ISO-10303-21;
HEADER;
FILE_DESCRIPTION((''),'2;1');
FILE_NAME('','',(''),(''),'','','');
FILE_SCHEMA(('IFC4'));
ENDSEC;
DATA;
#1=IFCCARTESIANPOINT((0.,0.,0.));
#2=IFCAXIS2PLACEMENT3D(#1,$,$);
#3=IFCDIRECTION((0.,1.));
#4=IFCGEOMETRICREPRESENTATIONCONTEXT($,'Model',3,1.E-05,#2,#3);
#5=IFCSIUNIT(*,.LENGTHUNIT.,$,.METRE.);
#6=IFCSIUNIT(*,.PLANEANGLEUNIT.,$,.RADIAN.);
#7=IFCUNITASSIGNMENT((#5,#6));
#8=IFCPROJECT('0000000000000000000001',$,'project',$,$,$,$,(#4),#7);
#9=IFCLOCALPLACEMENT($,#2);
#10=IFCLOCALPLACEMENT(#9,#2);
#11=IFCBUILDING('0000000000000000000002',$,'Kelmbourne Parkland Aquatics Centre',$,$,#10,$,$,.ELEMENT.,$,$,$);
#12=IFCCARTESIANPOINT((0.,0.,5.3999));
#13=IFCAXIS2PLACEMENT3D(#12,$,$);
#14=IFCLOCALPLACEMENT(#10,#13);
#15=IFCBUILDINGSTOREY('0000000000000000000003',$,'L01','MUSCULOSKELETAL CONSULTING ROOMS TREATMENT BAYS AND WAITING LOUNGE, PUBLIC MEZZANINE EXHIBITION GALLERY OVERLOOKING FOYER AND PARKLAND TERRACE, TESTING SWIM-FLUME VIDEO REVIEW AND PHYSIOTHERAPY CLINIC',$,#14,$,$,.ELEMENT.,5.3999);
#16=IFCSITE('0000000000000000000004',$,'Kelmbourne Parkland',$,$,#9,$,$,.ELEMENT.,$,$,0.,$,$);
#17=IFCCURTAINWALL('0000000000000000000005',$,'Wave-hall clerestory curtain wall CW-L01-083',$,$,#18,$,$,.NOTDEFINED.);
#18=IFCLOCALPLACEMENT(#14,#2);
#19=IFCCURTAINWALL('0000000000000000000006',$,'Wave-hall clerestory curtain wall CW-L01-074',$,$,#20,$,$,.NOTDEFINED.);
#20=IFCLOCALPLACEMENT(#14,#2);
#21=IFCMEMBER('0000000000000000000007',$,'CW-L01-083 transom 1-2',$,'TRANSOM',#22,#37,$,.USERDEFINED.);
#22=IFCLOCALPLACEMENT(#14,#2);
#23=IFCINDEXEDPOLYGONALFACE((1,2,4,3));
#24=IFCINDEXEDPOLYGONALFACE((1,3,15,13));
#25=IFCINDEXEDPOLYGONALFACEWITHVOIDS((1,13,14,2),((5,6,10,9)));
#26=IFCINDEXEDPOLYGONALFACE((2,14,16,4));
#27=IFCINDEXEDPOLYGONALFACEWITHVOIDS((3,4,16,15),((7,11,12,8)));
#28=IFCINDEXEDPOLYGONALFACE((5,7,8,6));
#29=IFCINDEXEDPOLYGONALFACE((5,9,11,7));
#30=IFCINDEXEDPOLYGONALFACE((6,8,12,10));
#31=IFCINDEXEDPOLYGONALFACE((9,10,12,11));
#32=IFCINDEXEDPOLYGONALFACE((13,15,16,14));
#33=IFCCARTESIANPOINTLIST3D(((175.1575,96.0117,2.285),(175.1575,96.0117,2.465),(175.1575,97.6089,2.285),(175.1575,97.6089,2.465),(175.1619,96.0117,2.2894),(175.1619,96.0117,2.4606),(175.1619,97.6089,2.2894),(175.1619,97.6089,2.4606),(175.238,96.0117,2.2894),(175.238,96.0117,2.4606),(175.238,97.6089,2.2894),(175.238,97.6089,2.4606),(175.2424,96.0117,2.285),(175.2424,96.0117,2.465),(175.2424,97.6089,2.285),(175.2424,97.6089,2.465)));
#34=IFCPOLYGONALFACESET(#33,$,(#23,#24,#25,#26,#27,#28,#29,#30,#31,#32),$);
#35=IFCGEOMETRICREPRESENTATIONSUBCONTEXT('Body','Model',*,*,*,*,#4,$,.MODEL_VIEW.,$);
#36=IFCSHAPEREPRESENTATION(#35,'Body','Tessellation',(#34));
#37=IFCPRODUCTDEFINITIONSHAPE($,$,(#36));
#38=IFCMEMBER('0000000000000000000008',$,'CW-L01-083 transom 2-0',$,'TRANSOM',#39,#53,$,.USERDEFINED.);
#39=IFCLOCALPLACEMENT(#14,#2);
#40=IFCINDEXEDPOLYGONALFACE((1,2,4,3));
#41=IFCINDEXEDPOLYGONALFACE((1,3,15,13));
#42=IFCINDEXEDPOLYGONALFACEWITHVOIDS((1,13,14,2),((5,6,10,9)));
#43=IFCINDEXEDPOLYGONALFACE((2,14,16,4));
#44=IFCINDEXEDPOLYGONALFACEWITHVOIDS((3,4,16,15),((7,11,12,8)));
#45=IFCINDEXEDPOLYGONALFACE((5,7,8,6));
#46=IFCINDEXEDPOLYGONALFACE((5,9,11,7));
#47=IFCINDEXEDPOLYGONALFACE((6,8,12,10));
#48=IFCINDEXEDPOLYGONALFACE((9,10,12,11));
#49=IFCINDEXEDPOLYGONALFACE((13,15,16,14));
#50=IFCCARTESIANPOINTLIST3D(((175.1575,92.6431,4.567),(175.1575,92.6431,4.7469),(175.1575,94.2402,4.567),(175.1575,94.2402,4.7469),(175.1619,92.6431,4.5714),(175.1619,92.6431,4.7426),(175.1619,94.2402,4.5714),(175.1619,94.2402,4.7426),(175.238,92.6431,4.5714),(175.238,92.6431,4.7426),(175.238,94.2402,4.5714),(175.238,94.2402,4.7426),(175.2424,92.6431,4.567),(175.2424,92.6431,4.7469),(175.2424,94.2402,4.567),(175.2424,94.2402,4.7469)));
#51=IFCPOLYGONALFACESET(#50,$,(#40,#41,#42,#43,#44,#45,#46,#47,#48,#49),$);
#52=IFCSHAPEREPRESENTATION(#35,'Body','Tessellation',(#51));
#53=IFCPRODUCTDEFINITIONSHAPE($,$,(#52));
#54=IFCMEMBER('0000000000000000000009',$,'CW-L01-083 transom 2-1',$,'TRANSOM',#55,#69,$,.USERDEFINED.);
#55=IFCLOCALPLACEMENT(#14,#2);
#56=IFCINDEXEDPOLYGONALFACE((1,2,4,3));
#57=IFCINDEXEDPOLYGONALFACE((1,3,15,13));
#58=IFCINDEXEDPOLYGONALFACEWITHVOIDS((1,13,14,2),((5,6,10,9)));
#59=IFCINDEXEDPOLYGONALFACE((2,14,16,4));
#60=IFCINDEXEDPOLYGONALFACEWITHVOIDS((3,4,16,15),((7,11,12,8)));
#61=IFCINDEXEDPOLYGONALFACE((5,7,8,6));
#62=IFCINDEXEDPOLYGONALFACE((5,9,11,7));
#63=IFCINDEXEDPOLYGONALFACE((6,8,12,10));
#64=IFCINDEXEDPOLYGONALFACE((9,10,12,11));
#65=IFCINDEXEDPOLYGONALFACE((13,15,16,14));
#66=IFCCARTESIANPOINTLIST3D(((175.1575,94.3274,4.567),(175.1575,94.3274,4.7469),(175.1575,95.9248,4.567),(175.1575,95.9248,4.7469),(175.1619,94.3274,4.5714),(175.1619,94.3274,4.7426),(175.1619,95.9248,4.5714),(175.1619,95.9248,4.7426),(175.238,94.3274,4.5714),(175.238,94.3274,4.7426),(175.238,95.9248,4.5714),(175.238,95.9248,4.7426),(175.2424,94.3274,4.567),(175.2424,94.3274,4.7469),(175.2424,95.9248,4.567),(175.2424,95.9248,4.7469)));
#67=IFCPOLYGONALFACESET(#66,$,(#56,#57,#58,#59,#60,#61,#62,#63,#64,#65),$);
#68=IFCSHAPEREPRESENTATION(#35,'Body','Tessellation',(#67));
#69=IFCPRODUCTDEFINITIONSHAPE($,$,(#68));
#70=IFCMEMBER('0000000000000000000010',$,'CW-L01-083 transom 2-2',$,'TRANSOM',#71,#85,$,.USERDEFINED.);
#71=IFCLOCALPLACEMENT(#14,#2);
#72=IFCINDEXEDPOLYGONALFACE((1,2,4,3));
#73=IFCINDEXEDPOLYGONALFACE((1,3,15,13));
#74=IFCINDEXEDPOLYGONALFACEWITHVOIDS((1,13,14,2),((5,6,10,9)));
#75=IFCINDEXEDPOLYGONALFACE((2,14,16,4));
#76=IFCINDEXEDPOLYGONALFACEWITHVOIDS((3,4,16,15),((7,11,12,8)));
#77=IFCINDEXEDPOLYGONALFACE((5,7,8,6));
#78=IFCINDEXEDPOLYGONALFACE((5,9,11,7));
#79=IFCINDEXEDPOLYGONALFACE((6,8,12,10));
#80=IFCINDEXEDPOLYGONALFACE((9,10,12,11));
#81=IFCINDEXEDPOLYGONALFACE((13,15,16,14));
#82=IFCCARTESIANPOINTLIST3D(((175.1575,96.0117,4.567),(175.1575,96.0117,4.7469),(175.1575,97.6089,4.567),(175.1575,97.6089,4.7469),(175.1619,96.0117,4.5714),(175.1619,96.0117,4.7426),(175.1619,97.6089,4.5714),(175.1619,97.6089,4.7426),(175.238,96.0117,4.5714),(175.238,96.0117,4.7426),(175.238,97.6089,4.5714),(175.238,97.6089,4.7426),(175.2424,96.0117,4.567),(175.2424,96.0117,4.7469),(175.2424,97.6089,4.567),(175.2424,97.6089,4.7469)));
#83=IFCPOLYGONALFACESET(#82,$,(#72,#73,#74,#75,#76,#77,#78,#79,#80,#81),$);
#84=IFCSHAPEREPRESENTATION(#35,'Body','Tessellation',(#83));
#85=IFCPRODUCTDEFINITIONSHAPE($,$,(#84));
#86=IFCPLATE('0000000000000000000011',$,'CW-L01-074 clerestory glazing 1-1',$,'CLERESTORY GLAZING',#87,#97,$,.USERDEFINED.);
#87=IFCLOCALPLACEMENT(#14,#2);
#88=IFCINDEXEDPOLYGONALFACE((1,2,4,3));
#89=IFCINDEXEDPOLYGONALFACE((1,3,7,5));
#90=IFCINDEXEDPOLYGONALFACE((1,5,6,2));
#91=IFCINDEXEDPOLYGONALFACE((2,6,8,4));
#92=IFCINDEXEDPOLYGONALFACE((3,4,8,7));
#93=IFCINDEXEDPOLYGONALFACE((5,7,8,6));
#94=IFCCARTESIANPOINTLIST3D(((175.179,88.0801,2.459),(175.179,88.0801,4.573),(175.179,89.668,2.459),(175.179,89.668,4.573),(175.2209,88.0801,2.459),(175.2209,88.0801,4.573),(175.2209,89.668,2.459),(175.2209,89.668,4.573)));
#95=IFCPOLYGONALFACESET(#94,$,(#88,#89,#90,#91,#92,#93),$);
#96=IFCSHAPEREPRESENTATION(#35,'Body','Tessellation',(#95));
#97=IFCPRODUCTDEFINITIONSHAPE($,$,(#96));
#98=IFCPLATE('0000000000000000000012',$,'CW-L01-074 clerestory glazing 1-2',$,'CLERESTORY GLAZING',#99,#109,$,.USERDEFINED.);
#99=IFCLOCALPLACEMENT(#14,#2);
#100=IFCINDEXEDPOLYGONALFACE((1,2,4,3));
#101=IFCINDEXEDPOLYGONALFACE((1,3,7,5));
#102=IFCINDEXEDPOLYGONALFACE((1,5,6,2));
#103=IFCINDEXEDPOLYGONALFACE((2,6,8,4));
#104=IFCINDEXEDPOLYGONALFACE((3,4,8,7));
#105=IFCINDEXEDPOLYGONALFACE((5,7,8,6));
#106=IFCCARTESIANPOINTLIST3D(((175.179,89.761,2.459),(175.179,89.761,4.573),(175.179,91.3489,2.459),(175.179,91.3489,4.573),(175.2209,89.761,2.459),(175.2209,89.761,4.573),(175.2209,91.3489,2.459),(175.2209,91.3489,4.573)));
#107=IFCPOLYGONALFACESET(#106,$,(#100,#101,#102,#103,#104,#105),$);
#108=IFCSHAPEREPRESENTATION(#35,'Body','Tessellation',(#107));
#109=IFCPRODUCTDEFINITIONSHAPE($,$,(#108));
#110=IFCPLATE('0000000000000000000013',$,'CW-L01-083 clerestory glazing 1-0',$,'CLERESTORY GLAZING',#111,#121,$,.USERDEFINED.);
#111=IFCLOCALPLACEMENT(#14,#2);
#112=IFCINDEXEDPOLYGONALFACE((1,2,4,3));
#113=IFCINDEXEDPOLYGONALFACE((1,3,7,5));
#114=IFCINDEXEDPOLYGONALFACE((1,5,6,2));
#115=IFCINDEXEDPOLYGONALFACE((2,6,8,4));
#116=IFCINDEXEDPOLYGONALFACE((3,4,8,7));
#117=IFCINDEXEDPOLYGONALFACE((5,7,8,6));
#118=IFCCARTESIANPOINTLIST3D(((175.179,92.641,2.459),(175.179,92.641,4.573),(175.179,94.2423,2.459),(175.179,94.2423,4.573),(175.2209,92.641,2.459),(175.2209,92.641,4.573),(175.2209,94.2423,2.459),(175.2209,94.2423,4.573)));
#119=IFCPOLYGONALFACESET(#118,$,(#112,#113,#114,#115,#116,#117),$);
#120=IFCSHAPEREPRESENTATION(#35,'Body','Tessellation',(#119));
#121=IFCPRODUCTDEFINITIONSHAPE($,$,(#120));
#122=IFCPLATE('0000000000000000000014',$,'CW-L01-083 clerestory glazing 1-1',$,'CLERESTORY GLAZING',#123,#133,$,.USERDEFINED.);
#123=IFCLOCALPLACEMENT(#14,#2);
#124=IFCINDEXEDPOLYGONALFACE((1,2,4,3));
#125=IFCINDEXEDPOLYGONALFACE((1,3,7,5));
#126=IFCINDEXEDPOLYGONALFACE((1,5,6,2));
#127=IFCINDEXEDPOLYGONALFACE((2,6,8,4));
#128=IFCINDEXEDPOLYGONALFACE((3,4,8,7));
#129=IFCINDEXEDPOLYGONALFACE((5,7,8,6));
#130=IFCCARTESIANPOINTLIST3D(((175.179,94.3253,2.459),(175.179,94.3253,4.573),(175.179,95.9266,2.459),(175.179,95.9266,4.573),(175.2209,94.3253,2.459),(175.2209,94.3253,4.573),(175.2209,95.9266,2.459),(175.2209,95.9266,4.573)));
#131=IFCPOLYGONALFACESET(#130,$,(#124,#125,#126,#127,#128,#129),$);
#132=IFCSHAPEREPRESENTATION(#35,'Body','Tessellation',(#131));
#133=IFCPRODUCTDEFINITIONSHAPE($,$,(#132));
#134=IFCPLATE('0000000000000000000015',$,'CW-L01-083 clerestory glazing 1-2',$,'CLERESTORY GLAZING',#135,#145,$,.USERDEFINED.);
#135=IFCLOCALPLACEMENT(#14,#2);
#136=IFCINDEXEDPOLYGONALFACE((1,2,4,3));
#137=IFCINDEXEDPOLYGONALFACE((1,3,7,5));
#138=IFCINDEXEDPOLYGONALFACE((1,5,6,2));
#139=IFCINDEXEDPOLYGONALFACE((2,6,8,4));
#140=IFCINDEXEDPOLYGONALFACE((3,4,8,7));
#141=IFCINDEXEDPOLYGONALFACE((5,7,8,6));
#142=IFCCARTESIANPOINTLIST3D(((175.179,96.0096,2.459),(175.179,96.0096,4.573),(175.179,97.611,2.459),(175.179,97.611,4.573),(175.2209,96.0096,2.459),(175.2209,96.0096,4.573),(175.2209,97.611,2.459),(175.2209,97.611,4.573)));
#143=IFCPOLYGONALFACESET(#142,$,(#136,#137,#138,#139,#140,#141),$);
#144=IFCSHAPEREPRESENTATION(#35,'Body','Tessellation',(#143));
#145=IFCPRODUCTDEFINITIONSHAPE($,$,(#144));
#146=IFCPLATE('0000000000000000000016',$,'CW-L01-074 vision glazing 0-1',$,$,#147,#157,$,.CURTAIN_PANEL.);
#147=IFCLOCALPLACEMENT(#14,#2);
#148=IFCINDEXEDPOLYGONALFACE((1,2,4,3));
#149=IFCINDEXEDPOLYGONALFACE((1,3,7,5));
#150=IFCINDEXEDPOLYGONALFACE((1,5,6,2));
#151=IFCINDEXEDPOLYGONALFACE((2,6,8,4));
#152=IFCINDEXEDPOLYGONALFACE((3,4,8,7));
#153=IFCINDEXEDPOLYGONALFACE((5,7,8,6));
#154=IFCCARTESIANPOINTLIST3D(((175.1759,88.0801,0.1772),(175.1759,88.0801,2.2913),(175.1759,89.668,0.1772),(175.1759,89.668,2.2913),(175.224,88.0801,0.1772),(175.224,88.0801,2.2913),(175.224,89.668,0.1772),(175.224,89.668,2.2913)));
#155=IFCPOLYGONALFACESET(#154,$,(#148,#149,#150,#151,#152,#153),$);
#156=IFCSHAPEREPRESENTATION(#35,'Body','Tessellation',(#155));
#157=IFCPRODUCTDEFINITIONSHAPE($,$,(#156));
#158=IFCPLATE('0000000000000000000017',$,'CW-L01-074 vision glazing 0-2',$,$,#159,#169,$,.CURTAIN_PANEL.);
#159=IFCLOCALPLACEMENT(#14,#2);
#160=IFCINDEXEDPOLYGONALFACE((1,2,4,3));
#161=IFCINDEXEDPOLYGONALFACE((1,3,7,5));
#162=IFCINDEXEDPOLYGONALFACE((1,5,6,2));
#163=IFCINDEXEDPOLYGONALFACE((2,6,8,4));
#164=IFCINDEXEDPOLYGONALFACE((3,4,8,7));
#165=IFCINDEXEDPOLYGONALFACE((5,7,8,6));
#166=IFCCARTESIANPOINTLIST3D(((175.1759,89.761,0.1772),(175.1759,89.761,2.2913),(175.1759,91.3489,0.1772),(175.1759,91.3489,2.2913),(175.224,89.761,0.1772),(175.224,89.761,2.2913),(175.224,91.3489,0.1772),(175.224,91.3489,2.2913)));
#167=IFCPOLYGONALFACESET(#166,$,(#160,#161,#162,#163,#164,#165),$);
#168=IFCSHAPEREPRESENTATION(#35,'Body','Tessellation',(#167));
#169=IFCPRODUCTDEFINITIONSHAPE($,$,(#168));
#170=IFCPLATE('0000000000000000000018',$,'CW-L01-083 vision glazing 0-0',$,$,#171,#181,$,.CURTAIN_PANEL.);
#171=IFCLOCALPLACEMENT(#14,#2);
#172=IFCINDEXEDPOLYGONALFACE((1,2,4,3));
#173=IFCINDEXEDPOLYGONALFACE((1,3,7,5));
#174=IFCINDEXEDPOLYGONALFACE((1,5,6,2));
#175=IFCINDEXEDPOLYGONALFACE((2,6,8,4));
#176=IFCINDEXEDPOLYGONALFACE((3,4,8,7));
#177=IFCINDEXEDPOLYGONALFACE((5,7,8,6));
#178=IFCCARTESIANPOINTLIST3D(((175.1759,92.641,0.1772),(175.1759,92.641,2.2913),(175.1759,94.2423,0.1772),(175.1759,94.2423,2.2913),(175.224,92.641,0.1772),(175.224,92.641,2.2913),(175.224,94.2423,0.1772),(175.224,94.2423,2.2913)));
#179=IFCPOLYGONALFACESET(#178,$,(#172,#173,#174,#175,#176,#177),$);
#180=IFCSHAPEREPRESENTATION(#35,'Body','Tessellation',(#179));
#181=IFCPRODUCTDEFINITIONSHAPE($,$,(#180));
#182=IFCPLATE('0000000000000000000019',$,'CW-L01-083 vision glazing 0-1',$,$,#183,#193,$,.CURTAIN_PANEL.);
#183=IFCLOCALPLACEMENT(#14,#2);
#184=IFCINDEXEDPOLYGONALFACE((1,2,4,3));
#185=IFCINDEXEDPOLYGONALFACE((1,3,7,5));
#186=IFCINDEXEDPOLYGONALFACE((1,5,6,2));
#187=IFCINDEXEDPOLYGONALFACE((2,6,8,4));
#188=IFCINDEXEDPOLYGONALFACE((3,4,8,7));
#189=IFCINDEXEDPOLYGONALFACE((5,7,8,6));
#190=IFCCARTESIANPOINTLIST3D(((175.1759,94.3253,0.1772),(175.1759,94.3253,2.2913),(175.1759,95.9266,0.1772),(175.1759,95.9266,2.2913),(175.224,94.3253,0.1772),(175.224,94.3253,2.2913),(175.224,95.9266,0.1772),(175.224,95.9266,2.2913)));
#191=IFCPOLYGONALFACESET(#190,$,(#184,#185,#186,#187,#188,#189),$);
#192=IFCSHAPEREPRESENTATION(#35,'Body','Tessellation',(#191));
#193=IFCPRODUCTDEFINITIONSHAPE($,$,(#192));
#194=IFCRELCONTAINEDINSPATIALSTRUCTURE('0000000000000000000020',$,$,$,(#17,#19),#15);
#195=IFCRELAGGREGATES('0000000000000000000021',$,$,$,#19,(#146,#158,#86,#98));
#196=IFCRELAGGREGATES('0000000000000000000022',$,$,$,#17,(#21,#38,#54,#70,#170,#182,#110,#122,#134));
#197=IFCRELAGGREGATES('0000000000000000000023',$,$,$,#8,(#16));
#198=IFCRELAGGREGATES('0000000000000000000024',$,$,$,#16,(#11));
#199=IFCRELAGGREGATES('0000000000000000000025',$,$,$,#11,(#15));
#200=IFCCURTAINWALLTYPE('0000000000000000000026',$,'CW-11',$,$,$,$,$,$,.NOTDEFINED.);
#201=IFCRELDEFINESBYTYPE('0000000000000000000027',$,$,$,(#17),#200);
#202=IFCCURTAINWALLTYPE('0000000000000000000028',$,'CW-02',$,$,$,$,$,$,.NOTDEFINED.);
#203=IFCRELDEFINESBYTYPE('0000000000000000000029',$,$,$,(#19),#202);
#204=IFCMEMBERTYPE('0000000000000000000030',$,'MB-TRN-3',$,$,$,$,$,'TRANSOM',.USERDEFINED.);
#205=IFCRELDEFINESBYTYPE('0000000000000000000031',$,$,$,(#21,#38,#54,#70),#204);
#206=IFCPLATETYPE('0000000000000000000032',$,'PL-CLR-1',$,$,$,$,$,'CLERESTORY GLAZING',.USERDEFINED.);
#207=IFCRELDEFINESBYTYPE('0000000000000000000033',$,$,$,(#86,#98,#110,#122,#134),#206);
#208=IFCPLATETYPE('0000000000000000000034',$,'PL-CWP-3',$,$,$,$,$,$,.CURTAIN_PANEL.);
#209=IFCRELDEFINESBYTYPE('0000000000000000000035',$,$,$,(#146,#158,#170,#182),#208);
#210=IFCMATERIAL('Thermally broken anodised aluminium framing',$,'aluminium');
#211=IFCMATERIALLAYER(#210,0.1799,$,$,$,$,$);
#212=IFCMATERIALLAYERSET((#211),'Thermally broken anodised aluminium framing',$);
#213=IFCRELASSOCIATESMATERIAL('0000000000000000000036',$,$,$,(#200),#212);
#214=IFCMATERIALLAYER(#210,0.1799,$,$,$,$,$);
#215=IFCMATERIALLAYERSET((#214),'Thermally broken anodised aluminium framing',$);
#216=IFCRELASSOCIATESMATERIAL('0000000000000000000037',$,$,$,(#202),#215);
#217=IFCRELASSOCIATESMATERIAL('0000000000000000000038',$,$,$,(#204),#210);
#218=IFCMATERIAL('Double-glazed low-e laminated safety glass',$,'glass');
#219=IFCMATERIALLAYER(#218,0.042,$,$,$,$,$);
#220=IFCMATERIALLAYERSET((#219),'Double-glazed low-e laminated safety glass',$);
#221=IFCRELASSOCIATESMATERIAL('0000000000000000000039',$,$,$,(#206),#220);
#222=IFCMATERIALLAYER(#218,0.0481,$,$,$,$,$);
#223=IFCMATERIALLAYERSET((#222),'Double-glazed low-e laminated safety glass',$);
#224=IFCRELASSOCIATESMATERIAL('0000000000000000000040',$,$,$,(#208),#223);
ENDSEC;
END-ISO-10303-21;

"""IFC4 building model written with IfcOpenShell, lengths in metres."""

from ifc_helpers import new_model, si_unit, direction, frame, origin, origin_2d, place, context, subcontext, project, spatial, rectangle, hollow_rectangle, extrude, material, layer, layer_set, material_profile, profile_set, type_object, element, aggregate, save


model = new_model("IFC4")

# Units and contexts
model_context = context("Model", 3, precision=1e-05, world=origin(), true_north=direction((0.0, 1.0)))
body_context = subcontext(model_context, "Body", "Model", "MODEL_VIEW")
ifc_project = project(units=[si_unit("LENGTHUNIT", "METRE"), si_unit("PLANEANGLEUNIT", "RADIAN")], contexts=[model_context])

# Site, building, storey
site_placement = place(None, origin())
site = spatial("IfcSite", under=ifc_project, at=site_placement, Name="Kelmbourne Parkland", CompositionType="ELEMENT", RefElevation=0.0)
building_placement = place(site_placement, origin())
building = spatial("IfcBuilding", under=site, at=building_placement, Name="Kelmbourne Parkland Aquatics Centre", CompositionType="ELEMENT")
storey_placement = place(building_placement, frame((0.0, 0.0, 5.3999)))
storey = spatial("IfcBuildingStorey", under=building, at=storey_placement, Name="L01", Description="MUSCULOSKELETAL CONSULTING ROOMS TREATMENT BAYS AND WAITING LOUNGE, PUBLIC MEZZANINE EXHIBITION GALLERY OVERLOOKING FOYER AND PARKLAND TERRACE, TESTING SWIM-FLUME VIDEO REVIEW AND PHYSIOTHERAPY CLINIC", CompositionType="ELEMENT", Elevation=5.3999)

# Shared definitions
ifc_material_1 = material(Name="Thermally broken anodised aluminium framing", Category="aluminium")

# Curtain walls
ifc_layer_1 = layer(ifc_material_1, 0.1799)
ifc_layer_set_1 = layer_set([ifc_layer_1], Name="Thermally broken anodised aluminium framing")
curtain_wall_type_1 = type_object("IfcCurtainWallType", Name="CW-11", PredefinedType="NOTDEFINED", material=ifc_layer_set_1)
curtain_wall_1_placement = place(storey_placement, origin())
curtain_wall_1 = element("IfcCurtainWall", 1, at=curtain_wall_1_placement, inside=storey, type_object=curtain_wall_type_1, Name="Wave-hall clerestory curtain wall CW-L01-083", PredefinedType="NOTDEFINED")
ifc_layer_2 = layer(ifc_material_1, 0.1799)
ifc_layer_set_2 = layer_set([ifc_layer_2], Name="Thermally broken anodised aluminium framing")
curtain_wall_type_2 = type_object("IfcCurtainWallType", Name="CW-02", PredefinedType="NOTDEFINED", material=ifc_layer_set_2)
curtain_wall_2_placement = place(storey_placement, origin())
curtain_wall_2 = element("IfcCurtainWall", 2, at=curtain_wall_2_placement, inside=storey, type_object=curtain_wall_type_2, Name="Wave-hall clerestory curtain wall CW-L01-074", PredefinedType="NOTDEFINED")

# Members
ifc_material_profile_1 = material_profile(ifc_material_1, hollow_rectangle(XDim=0.085, YDim=0.1799, WallThickness=0.0044, at=origin_2d()), Name="CW-T 85x180")
ifc_profile_set_1 = profile_set([ifc_material_profile_1], Name="Thermally broken anodised aluminium framing")
member_type_1 = type_object("IfcMemberType", Name="MB-TRN-3", ElementType="TRANSOM", PredefinedType="USERDEFINED", material=ifc_profile_set_1)
member_1_placement = place(storey_placement, frame((175.2, 96.0117, 2.375), z_axis=(0.0, 1.0, 0.0), x_axis=(-1.0, 0.0, 0.0)))
member_1 = element("IfcMember", 3, at=member_1_placement, type_object=member_type_1, Name="CW-L01-083 transom 1-2", ObjectType="TRANSOM", PredefinedType="USERDEFINED", context=body_context, shape_type="SweptSolid", body=[
    extrude(hollow_rectangle(XDim=0.085, YDim=0.1799, WallThickness=0.0044, at=origin_2d()), origin(), (0.0, 0.0, 1.0), 1.5972),
])
member_2_placement = place(storey_placement, frame((175.2, 92.6431, 4.657), z_axis=(0.0, 1.0, 0.0), x_axis=(-1.0, 0.0, 0.0)))
member_2 = element("IfcMember", 4, at=member_2_placement, type_object=member_type_1, Name="CW-L01-083 transom 2-0", ObjectType="TRANSOM", PredefinedType="USERDEFINED", context=body_context, shape_type="SweptSolid", body=[
    extrude(hollow_rectangle(XDim=0.085, YDim=0.1799, WallThickness=0.0044, at=origin_2d()), origin(), (0.0, 0.0, 1.0), 1.5972),
])
member_3_placement = place(storey_placement, frame((175.2, 94.3274, 4.657), z_axis=(0.0, 1.0, 0.0), x_axis=(-1.0, 0.0, 0.0)))
member_3 = element("IfcMember", 5, at=member_3_placement, type_object=member_type_1, Name="CW-L01-083 transom 2-1", ObjectType="TRANSOM", PredefinedType="USERDEFINED", context=body_context, shape_type="SweptSolid", body=[
    extrude(hollow_rectangle(XDim=0.085, YDim=0.1799, WallThickness=0.0044, at=origin_2d()), origin(), (0.0, 0.0, 1.0), 1.5974),
])
member_4_placement = place(storey_placement, frame((175.2, 96.0117, 4.657), z_axis=(0.0, 1.0, 0.0), x_axis=(-1.0, 0.0, 0.0)))
member_4 = element("IfcMember", 6, at=member_4_placement, type_object=member_type_1, Name="CW-L01-083 transom 2-2", ObjectType="TRANSOM", PredefinedType="USERDEFINED", context=body_context, shape_type="SweptSolid", body=[
    extrude(hollow_rectangle(XDim=0.085, YDim=0.1799, WallThickness=0.0044, at=origin_2d()), origin(), (0.0, 0.0, 1.0), 1.5972),
])

# Plates
ifc_material_2 = material(Name="Double-glazed low-e laminated safety glass", Category="glass")
ifc_layer_3 = layer(ifc_material_2, 0.042)
ifc_layer_set_3 = layer_set([ifc_layer_3], Name="Double-glazed low-e laminated safety glass")
plate_type_1 = type_object("IfcPlateType", Name="PL-CLR-1", ElementType="CLERESTORY GLAZING", PredefinedType="USERDEFINED", material=ifc_layer_set_3)
plate_1_placement = place(storey_placement, frame((175.2, 88.874, 2.459), z_axis=(0.0, 0.0, 1.0), x_axis=(0.0, 1.0, 0.0)))
plate_1 = element("IfcPlate", 7, at=plate_1_placement, type_object=plate_type_1, Name="CW-L01-074 clerestory glazing 1-1", ObjectType="CLERESTORY GLAZING", PredefinedType="USERDEFINED", context=body_context, shape_type="SweptSolid", body=[
    extrude(rectangle(XDim=1.5879, YDim=0.042, at=origin_2d()), origin(), (0.0, 0.0, 1.0), 2.114),
])
plate_2_placement = place(storey_placement, frame((175.2, 90.5549, 2.459), z_axis=(0.0, 0.0, 1.0), x_axis=(0.0, 1.0, 0.0)))
plate_2 = element("IfcPlate", 8, at=plate_2_placement, type_object=plate_type_1, Name="CW-L01-074 clerestory glazing 1-2", ObjectType="CLERESTORY GLAZING", PredefinedType="USERDEFINED", context=body_context, shape_type="SweptSolid", body=[
    extrude(rectangle(XDim=1.5879, YDim=0.042, at=origin_2d()), origin(), (0.0, 0.0, 1.0), 2.114),
])
plate_3_placement = place(storey_placement, frame((175.2, 93.4417, 2.459), z_axis=(0.0, 0.0, 1.0), x_axis=(0.0, 1.0, 0.0)))
plate_3 = element("IfcPlate", 9, at=plate_3_placement, type_object=plate_type_1, Name="CW-L01-083 clerestory glazing 1-0", ObjectType="CLERESTORY GLAZING", PredefinedType="USERDEFINED", context=body_context, shape_type="SweptSolid", body=[
    extrude(rectangle(XDim=1.6013, YDim=0.042, at=origin_2d()), origin(), (0.0, 0.0, 1.0), 2.114),
])
plate_4_placement = place(storey_placement, frame((175.2, 95.126, 2.459), z_axis=(0.0, 0.0, 1.0), x_axis=(0.0, 1.0, 0.0)))
plate_4 = element("IfcPlate", 10, at=plate_4_placement, type_object=plate_type_1, Name="CW-L01-083 clerestory glazing 1-1", ObjectType="CLERESTORY GLAZING", PredefinedType="USERDEFINED", context=body_context, shape_type="SweptSolid", body=[
    extrude(rectangle(XDim=1.6013, YDim=0.042, at=origin_2d()), origin(), (0.0, 0.0, 1.0), 2.114),
])
plate_5_placement = place(storey_placement, frame((175.2, 96.8103, 2.459), z_axis=(0.0, 0.0, 1.0), x_axis=(0.0, 1.0, 0.0)))
plate_5 = element("IfcPlate", 11, at=plate_5_placement, type_object=plate_type_1, Name="CW-L01-083 clerestory glazing 1-2", ObjectType="CLERESTORY GLAZING", PredefinedType="USERDEFINED", context=body_context, shape_type="SweptSolid", body=[
    extrude(rectangle(XDim=1.6013, YDim=0.042, at=origin_2d()), origin(), (0.0, 0.0, 1.0), 2.114),
])
ifc_layer_4 = layer(ifc_material_2, 0.0481)
ifc_layer_set_4 = layer_set([ifc_layer_4], Name="Double-glazed low-e laminated safety glass")
plate_type_2 = type_object("IfcPlateType", Name="PL-CWP-3", PredefinedType="CURTAIN_PANEL", material=ifc_layer_set_4)
plate_6_placement = place(storey_placement, frame((175.2, 88.874, 0.1772), z_axis=(0.0, 0.0, 1.0), x_axis=(0.0, 1.0, 0.0)))
plate_6 = element("IfcPlate", 12, at=plate_6_placement, type_object=plate_type_2, Name="CW-L01-074 vision glazing 0-1", PredefinedType="CURTAIN_PANEL", context=body_context, shape_type="SweptSolid", body=[
    extrude(rectangle(XDim=1.5879, YDim=0.0481, at=origin_2d()), origin(), (0.0, 0.0, 1.0), 2.114),
])
plate_7_placement = place(storey_placement, frame((175.2, 90.5549, 0.1772), z_axis=(0.0, 0.0, 1.0), x_axis=(0.0, 1.0, 0.0)))
plate_7 = element("IfcPlate", 13, at=plate_7_placement, type_object=plate_type_2, Name="CW-L01-074 vision glazing 0-2", PredefinedType="CURTAIN_PANEL", context=body_context, shape_type="SweptSolid", body=[
    extrude(rectangle(XDim=1.5879, YDim=0.0481, at=origin_2d()), origin(), (0.0, 0.0, 1.0), 2.114),
])
aggregate(curtain_wall_2, [plate_6, plate_7, plate_1, plate_2])
plate_8_placement = place(storey_placement, frame((175.2, 93.4417, 0.1772), z_axis=(0.0, 0.0, 1.0), x_axis=(0.0, 1.0, 0.0)))
plate_8 = element("IfcPlate", 14, at=plate_8_placement, type_object=plate_type_2, Name="CW-L01-083 vision glazing 0-0", PredefinedType="CURTAIN_PANEL", context=body_context, shape_type="SweptSolid", body=[
    extrude(rectangle(XDim=1.6013, YDim=0.0481, at=origin_2d()), origin(), (0.0, 0.0, 1.0), 2.114),
])
plate_9_placement = place(storey_placement, frame((175.2, 95.126, 0.1772), z_axis=(0.0, 0.0, 1.0), x_axis=(0.0, 1.0, 0.0)))
plate_9 = element("IfcPlate", 15, at=plate_9_placement, type_object=plate_type_2, Name="CW-L01-083 vision glazing 0-1", PredefinedType="CURTAIN_PANEL", context=body_context, shape_type="SweptSolid", body=[
    extrude(rectangle(XDim=1.6013, YDim=0.0481, at=origin_2d()), origin(), (0.0, 0.0, 1.0), 2.114),
])
aggregate(curtain_wall_1, [member_1, member_2, member_3, member_4, plate_8, plate_9, plate_3, plate_4, plate_5])

save(model, "model.ifc")
